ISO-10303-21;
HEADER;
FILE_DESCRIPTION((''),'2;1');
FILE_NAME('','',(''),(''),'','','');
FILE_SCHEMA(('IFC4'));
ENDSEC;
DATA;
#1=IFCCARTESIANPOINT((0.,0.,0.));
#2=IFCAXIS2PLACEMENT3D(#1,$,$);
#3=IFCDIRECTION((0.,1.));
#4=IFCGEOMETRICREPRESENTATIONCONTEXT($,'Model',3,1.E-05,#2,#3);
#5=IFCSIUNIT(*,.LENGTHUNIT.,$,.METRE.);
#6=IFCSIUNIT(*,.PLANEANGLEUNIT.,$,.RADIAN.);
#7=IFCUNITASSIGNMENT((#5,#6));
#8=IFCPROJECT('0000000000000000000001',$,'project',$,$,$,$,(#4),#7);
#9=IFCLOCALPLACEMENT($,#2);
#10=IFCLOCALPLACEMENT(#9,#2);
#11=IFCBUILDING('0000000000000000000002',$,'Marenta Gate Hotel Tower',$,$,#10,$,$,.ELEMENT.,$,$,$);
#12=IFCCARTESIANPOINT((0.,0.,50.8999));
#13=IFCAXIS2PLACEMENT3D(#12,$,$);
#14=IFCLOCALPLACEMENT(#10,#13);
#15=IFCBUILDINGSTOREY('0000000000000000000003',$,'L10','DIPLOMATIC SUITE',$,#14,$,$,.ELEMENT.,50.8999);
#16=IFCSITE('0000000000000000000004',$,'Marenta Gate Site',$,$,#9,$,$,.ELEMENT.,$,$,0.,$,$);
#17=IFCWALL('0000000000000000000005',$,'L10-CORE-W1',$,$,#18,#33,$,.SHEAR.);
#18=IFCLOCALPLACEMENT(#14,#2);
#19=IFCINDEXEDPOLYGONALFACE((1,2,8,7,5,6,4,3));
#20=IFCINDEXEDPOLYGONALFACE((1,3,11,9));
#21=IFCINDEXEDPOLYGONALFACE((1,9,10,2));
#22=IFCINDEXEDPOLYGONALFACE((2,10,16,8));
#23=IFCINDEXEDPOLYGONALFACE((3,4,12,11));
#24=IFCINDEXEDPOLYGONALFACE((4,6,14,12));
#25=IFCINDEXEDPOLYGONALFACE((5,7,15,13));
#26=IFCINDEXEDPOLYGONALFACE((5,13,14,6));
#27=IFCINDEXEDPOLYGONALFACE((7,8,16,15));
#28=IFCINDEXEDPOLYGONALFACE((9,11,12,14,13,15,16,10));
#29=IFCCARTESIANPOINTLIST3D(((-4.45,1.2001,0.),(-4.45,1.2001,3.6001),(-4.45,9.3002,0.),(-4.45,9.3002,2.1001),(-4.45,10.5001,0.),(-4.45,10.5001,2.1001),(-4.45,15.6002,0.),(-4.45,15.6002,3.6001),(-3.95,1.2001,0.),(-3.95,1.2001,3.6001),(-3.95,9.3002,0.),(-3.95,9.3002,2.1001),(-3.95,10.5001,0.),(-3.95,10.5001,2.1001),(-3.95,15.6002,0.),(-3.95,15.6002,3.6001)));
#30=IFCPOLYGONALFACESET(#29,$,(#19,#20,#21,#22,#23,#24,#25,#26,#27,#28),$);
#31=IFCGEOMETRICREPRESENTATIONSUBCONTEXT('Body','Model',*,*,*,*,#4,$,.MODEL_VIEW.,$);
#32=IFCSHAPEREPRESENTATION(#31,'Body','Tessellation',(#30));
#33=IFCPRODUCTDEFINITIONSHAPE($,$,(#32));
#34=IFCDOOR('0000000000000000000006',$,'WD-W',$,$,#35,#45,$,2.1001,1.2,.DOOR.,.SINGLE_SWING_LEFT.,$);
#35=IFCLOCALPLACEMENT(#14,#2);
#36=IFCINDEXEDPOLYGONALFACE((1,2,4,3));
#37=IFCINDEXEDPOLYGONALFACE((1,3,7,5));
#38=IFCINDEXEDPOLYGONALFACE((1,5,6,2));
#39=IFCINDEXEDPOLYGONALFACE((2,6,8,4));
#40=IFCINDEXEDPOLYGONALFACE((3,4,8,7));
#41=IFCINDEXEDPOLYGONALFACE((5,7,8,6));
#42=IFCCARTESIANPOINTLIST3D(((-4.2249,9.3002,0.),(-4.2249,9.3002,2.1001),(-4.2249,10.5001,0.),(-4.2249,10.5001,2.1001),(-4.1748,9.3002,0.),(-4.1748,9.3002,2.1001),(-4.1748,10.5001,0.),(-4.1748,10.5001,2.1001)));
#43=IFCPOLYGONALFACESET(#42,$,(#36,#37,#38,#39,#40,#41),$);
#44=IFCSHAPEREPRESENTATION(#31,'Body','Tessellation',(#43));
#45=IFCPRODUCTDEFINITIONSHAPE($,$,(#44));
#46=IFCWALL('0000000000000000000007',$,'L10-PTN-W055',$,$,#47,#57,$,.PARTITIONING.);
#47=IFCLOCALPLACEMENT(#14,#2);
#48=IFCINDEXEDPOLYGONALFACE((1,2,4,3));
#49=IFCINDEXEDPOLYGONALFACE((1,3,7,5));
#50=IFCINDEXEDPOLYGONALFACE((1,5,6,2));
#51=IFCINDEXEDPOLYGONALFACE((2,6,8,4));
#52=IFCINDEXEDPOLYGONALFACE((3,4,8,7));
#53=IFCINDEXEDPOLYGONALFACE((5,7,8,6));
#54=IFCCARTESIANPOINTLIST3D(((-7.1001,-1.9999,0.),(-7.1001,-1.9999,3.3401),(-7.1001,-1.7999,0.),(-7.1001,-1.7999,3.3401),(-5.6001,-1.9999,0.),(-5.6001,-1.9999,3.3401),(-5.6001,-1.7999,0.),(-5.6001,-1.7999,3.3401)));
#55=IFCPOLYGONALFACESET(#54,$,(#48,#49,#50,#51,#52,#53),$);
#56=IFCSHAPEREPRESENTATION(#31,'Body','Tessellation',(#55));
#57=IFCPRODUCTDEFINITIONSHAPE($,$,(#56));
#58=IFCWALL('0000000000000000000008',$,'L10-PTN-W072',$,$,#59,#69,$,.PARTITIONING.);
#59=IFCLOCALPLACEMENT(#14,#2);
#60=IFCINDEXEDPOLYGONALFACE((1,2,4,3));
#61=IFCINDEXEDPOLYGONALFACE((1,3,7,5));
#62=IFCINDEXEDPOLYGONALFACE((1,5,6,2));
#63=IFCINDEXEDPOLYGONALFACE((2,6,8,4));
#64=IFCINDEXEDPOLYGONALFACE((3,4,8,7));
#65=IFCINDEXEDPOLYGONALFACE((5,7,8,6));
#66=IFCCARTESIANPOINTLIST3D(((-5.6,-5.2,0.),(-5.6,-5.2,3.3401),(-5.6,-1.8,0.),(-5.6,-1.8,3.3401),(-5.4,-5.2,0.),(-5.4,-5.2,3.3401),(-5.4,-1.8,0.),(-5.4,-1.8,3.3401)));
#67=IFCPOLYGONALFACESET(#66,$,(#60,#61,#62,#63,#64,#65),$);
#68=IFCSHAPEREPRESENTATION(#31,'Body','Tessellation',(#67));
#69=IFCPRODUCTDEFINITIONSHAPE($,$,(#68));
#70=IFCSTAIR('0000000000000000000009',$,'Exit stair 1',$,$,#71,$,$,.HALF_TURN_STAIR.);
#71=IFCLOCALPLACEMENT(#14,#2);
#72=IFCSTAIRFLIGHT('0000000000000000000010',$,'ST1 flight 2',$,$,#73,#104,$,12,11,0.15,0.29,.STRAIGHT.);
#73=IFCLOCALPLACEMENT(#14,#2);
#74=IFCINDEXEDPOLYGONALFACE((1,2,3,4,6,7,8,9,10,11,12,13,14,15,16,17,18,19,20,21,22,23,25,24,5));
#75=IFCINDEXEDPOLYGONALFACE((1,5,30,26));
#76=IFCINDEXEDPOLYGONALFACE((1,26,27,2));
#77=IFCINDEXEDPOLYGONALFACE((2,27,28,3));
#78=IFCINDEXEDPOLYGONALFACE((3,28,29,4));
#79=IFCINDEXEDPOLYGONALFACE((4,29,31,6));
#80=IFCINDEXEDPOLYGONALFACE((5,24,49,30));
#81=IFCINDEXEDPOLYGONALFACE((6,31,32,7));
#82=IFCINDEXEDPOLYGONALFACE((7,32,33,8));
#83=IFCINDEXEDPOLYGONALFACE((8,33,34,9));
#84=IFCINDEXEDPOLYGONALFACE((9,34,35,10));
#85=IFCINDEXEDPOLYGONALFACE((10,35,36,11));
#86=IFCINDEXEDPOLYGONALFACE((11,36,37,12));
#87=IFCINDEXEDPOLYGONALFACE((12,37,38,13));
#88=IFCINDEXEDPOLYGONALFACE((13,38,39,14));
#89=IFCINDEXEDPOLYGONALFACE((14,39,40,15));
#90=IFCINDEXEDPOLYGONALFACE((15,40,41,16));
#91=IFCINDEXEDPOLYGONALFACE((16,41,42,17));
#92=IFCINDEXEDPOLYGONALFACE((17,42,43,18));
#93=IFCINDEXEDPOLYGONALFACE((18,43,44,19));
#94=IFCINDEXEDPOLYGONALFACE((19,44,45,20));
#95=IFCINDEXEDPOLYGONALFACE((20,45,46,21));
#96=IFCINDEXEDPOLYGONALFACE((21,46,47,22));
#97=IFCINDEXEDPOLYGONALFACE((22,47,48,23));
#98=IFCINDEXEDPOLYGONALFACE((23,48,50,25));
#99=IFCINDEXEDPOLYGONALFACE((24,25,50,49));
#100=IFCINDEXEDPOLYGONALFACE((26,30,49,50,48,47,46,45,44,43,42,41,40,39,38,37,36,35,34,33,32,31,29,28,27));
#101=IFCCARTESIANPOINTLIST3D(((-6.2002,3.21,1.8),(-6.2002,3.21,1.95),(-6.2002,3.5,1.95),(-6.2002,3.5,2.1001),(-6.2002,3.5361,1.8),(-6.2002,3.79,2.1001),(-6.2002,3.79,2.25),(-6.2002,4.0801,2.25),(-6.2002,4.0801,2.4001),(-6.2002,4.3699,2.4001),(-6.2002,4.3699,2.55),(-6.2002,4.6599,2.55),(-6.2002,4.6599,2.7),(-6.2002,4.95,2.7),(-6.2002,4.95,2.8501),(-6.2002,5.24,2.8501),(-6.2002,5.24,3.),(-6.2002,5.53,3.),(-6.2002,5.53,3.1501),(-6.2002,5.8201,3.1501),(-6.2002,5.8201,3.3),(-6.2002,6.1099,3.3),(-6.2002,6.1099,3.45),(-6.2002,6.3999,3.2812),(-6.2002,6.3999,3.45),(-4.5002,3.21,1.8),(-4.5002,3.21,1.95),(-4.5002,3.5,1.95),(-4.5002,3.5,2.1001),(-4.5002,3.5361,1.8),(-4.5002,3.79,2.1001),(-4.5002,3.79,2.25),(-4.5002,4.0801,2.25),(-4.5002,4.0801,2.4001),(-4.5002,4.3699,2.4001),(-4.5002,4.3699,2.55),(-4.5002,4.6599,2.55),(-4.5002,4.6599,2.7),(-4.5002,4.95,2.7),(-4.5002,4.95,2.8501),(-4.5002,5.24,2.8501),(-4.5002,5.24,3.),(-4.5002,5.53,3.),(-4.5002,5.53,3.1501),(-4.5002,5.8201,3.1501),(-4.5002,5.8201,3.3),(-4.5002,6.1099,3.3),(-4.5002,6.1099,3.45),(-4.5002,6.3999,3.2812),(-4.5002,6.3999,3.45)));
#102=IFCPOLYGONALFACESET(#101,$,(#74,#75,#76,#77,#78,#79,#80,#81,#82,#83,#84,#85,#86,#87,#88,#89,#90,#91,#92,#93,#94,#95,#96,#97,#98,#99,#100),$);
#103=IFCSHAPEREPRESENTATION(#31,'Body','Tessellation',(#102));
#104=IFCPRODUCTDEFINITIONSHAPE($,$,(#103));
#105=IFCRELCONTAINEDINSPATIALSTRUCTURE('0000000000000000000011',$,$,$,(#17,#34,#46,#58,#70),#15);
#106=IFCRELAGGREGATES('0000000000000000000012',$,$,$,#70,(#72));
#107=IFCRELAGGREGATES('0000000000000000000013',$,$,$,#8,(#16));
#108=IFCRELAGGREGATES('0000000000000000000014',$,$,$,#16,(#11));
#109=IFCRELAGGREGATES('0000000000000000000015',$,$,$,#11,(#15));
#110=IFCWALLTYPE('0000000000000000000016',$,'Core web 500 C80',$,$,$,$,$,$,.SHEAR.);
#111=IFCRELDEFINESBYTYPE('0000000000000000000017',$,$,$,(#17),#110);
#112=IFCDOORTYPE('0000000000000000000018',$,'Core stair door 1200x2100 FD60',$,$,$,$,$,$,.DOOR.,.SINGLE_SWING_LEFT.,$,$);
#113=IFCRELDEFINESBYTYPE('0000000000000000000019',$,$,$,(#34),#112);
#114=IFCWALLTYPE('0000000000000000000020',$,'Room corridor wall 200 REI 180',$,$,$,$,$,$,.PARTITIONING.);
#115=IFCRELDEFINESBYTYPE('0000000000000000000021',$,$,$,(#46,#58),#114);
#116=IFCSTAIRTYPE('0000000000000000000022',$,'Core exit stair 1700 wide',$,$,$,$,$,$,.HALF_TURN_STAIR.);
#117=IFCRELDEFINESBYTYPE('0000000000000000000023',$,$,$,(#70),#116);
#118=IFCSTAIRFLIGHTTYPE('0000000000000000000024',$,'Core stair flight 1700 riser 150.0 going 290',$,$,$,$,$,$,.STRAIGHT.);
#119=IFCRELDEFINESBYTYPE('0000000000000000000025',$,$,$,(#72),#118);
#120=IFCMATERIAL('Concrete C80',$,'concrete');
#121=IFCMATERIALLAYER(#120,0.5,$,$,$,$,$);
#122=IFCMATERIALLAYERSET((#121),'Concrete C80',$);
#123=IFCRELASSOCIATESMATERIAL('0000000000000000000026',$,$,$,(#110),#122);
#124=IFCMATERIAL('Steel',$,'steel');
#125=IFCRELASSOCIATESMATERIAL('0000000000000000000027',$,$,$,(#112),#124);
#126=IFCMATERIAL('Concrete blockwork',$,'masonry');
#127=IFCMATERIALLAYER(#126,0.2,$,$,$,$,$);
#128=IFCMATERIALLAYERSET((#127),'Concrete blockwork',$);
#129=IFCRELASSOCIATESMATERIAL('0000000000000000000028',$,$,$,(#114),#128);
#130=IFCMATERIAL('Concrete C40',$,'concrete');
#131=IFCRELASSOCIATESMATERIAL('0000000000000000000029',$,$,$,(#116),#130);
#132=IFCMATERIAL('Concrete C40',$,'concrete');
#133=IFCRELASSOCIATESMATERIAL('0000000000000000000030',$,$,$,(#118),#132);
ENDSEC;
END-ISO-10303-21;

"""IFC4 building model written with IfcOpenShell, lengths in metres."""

from ifc_helpers import new_model, si_unit, direction, frame, frame_2d, origin, place, context, subcontext, project, spatial, polyline, rectangle, outline, extrude, material, layer, layer_set, type_object, element, fill, aggregate, save


model = new_model("IFC4")

# Units and contexts
model_context = context("Model", 3, precision=1e-05, world=origin(), true_north=direction((0.0, 1.0)))
body_context = subcontext(model_context, "Body", "Model", "MODEL_VIEW")
ifc_project = project(units=[si_unit("LENGTHUNIT", "METRE"), si_unit("PLANEANGLEUNIT", "RADIAN")], contexts=[model_context])

# Site, building, storey
site_placement = place(None, origin())
site = spatial("IfcSite", under=ifc_project, at=site_placement, Name="Marenta Gate Site", CompositionType="ELEMENT", RefElevation=0.0)
building_placement = place(site_placement, origin())
building = spatial("IfcBuilding", under=site, at=building_placement, Name="Marenta Gate Hotel Tower", CompositionType="ELEMENT")
storey_placement = place(building_placement, frame((0.0, 0.0, 50.8999)))
storey = spatial("IfcBuildingStorey", under=building, at=storey_placement, Name="L10", Description="DIPLOMATIC SUITE", CompositionType="ELEMENT", Elevation=50.8999)

# Wall, opening, door
ifc_material_1 = material(Name="Concrete C80", Category="concrete")
ifc_layer_1 = layer(ifc_material_1, 0.5)
ifc_layer_set_1 = layer_set([ifc_layer_1], Name="Concrete C80")
wall_type_1 = type_object("IfcWallType", Name="Core web 500 C80", PredefinedType="SHEAR", material=ifc_layer_set_1)
wall_1_placement = place(storey_placement, frame((-4.2, 1.2, 0.0), z_axis=(0.0, 0.0, 1.0), x_axis=(0.0, 1.0, 0.0)))
wall_1 = element("IfcWall", 1, at=wall_1_placement, inside=storey, type_object=wall_type_1, Name="L10-CORE-W1", PredefinedType="SHEAR", context=body_context, shape_type="SweptSolid", body=[
    extrude(rectangle(XDim=14.4001, YDim=0.5, at=frame_2d((7.2002, 0.0))), origin(), (0.0, 0.0, 1.0), 3.6001),
])
opening_1_placement = place(wall_1_placement, frame((8.1001, 0.0, 0.0)))
opening_1 = element("IfcOpeningElement", 2, at=opening_1_placement, cuts=wall_1, PredefinedType="OPENING", context=body_context, shape_type="SweptSolid", body=[
    extrude(rectangle(XDim=1.2, YDim=2.1001, at=frame_2d((0.6001, 1.05))), frame((0.0, 0.25, 0.0), z_axis=(0.0, -1.0, 0.0), x_axis=(1.0, 0.0, 0.0)), (0.0, 0.0, 1.0), 0.5),
])
ifc_material_2 = material(Name="Steel", Category="steel")
door_type_1 = type_object("IfcDoorType", Name="Core stair door 1200x2100 FD60", OperationType="SINGLE_SWING_LEFT", PredefinedType="DOOR", material=ifc_material_2)
door_1_placement = place(opening_1_placement, origin())
door_1 = element("IfcDoor", 3, at=door_1_placement, inside=storey, type_object=door_type_1, Name="WD-W", OperationType="SINGLE_SWING_LEFT", OverallHeight=2.1001, OverallWidth=1.2, PredefinedType="DOOR", context=body_context, shape_type="SweptSolid", body=[
    extrude(rectangle(XDim=1.2, YDim=2.1001, at=frame_2d((0.6001, 1.05))), frame((0.0, 0.0249, 0.0), z_axis=(0.0, -1.0, 0.0), x_axis=(1.0, 0.0, 0.0)), (0.0, 0.0, 1.0), 0.05),
])
fill(opening_1, door_1)

# Walls
ifc_material_3 = material(Name="Concrete blockwork", Category="masonry")
ifc_layer_2 = layer(ifc_material_3, 0.2)
ifc_layer_set_2 = layer_set([ifc_layer_2], Name="Concrete blockwork")
wall_type_2 = type_object("IfcWallType", Name="Room corridor wall 200 REI 180", PredefinedType="PARTITIONING", material=ifc_layer_set_2)
wall_2_placement = place(storey_placement, frame((-7.1001, -1.8999, 0.0), z_axis=(0.0, 0.0, 1.0), x_axis=(1.0, 0.0, 0.0)))
element("IfcWall", 4, at=wall_2_placement, inside=storey, type_object=wall_type_2, Name="L10-PTN-W055", PredefinedType="PARTITIONING", context=body_context, shape_type="SweptSolid", body=[
    extrude(rectangle(XDim=1.5, YDim=0.2, at=frame_2d((0.75, 0.0))), origin(), (0.0, 0.0, 1.0), 3.3401),
])
wall_3_placement = place(storey_placement, frame((-5.5, -5.2, 0.0), z_axis=(0.0, 0.0, 1.0), x_axis=(0.0, 1.0, 0.0)))
element("IfcWall", 5, at=wall_3_placement, inside=storey, type_object=wall_type_2, Name="L10-PTN-W072", PredefinedType="PARTITIONING", context=body_context, shape_type="SweptSolid", body=[
    extrude(rectangle(XDim=3.3999, YDim=0.2, at=frame_2d((1.7, 0.0))), origin(), (0.0, 0.0, 1.0), 3.3401),
])

# Stair, stair flight
ifc_material_4 = material(Name="Concrete C40", Category="concrete")
stair_type = type_object("IfcStairType", Name="Core exit stair 1700 wide", PredefinedType="HALF_TURN_STAIR", material=ifc_material_4)
stair_placement = place(storey_placement, origin())
stair = element("IfcStair", 6, at=stair_placement, inside=storey, type_object=stair_type, Name="Exit stair 1", PredefinedType="HALF_TURN_STAIR")
ifc_material_5 = material(Name="Concrete C40", Category="concrete")
stair_flight_type = type_object("IfcStairFlightType", Name="Core stair flight 1700 riser 150.0 going 290", PredefinedType="STRAIGHT", material=ifc_material_5)
stair_flight_placement = place(storey_placement, frame((-5.3501, 3.21, 1.8), z_axis=(0.0, 0.0, 1.0), x_axis=(0.0, 1.0, 0.0)))
stair_flight = element("IfcStairFlight", 7, at=stair_flight_placement, type_object=stair_flight_type, Name="ST1 flight 2", NumberOfRisers=12, NumberOfTreads=11, PredefinedType="STRAIGHT", RiserHeight=0.15, TreadLength=0.29, context=body_context, shape_type="SweptSolid", body=[
    extrude(outline(polyline([(0.0, 0.0), (0.0, 0.1499), (0.29, 0.1499), (0.29, 0.3), (0.5801, 0.3), (0.5801, 0.45), (0.8701, 0.45), (0.8701, 0.6001), (1.1599, 0.6001), (1.1599, 0.75), (1.45, 0.75), (1.45, 0.8999), (1.74, 0.8999), (1.74, 1.05), (2.03, 1.05), (2.03, 1.2), (2.3201, 1.2), (2.3201, 1.3501), (2.6101, 1.3501), (2.6101, 1.5), (2.8999, 1.5), (2.8999, 1.6499), (3.1899, 1.6499), (3.1899, 1.8), (3.1899, 1.4812), (0.3262, 0.0), (0.0, 0.0)])), frame((0.0, 0.8501, 0.0), z_axis=(0.0, -1.0, 0.0), x_axis=(1.0, 0.0, 0.0)), (0.0, 0.0, 1.0), 1.7),
])
aggregate(stair, [stair_flight])

save(model, "model.ifc")
